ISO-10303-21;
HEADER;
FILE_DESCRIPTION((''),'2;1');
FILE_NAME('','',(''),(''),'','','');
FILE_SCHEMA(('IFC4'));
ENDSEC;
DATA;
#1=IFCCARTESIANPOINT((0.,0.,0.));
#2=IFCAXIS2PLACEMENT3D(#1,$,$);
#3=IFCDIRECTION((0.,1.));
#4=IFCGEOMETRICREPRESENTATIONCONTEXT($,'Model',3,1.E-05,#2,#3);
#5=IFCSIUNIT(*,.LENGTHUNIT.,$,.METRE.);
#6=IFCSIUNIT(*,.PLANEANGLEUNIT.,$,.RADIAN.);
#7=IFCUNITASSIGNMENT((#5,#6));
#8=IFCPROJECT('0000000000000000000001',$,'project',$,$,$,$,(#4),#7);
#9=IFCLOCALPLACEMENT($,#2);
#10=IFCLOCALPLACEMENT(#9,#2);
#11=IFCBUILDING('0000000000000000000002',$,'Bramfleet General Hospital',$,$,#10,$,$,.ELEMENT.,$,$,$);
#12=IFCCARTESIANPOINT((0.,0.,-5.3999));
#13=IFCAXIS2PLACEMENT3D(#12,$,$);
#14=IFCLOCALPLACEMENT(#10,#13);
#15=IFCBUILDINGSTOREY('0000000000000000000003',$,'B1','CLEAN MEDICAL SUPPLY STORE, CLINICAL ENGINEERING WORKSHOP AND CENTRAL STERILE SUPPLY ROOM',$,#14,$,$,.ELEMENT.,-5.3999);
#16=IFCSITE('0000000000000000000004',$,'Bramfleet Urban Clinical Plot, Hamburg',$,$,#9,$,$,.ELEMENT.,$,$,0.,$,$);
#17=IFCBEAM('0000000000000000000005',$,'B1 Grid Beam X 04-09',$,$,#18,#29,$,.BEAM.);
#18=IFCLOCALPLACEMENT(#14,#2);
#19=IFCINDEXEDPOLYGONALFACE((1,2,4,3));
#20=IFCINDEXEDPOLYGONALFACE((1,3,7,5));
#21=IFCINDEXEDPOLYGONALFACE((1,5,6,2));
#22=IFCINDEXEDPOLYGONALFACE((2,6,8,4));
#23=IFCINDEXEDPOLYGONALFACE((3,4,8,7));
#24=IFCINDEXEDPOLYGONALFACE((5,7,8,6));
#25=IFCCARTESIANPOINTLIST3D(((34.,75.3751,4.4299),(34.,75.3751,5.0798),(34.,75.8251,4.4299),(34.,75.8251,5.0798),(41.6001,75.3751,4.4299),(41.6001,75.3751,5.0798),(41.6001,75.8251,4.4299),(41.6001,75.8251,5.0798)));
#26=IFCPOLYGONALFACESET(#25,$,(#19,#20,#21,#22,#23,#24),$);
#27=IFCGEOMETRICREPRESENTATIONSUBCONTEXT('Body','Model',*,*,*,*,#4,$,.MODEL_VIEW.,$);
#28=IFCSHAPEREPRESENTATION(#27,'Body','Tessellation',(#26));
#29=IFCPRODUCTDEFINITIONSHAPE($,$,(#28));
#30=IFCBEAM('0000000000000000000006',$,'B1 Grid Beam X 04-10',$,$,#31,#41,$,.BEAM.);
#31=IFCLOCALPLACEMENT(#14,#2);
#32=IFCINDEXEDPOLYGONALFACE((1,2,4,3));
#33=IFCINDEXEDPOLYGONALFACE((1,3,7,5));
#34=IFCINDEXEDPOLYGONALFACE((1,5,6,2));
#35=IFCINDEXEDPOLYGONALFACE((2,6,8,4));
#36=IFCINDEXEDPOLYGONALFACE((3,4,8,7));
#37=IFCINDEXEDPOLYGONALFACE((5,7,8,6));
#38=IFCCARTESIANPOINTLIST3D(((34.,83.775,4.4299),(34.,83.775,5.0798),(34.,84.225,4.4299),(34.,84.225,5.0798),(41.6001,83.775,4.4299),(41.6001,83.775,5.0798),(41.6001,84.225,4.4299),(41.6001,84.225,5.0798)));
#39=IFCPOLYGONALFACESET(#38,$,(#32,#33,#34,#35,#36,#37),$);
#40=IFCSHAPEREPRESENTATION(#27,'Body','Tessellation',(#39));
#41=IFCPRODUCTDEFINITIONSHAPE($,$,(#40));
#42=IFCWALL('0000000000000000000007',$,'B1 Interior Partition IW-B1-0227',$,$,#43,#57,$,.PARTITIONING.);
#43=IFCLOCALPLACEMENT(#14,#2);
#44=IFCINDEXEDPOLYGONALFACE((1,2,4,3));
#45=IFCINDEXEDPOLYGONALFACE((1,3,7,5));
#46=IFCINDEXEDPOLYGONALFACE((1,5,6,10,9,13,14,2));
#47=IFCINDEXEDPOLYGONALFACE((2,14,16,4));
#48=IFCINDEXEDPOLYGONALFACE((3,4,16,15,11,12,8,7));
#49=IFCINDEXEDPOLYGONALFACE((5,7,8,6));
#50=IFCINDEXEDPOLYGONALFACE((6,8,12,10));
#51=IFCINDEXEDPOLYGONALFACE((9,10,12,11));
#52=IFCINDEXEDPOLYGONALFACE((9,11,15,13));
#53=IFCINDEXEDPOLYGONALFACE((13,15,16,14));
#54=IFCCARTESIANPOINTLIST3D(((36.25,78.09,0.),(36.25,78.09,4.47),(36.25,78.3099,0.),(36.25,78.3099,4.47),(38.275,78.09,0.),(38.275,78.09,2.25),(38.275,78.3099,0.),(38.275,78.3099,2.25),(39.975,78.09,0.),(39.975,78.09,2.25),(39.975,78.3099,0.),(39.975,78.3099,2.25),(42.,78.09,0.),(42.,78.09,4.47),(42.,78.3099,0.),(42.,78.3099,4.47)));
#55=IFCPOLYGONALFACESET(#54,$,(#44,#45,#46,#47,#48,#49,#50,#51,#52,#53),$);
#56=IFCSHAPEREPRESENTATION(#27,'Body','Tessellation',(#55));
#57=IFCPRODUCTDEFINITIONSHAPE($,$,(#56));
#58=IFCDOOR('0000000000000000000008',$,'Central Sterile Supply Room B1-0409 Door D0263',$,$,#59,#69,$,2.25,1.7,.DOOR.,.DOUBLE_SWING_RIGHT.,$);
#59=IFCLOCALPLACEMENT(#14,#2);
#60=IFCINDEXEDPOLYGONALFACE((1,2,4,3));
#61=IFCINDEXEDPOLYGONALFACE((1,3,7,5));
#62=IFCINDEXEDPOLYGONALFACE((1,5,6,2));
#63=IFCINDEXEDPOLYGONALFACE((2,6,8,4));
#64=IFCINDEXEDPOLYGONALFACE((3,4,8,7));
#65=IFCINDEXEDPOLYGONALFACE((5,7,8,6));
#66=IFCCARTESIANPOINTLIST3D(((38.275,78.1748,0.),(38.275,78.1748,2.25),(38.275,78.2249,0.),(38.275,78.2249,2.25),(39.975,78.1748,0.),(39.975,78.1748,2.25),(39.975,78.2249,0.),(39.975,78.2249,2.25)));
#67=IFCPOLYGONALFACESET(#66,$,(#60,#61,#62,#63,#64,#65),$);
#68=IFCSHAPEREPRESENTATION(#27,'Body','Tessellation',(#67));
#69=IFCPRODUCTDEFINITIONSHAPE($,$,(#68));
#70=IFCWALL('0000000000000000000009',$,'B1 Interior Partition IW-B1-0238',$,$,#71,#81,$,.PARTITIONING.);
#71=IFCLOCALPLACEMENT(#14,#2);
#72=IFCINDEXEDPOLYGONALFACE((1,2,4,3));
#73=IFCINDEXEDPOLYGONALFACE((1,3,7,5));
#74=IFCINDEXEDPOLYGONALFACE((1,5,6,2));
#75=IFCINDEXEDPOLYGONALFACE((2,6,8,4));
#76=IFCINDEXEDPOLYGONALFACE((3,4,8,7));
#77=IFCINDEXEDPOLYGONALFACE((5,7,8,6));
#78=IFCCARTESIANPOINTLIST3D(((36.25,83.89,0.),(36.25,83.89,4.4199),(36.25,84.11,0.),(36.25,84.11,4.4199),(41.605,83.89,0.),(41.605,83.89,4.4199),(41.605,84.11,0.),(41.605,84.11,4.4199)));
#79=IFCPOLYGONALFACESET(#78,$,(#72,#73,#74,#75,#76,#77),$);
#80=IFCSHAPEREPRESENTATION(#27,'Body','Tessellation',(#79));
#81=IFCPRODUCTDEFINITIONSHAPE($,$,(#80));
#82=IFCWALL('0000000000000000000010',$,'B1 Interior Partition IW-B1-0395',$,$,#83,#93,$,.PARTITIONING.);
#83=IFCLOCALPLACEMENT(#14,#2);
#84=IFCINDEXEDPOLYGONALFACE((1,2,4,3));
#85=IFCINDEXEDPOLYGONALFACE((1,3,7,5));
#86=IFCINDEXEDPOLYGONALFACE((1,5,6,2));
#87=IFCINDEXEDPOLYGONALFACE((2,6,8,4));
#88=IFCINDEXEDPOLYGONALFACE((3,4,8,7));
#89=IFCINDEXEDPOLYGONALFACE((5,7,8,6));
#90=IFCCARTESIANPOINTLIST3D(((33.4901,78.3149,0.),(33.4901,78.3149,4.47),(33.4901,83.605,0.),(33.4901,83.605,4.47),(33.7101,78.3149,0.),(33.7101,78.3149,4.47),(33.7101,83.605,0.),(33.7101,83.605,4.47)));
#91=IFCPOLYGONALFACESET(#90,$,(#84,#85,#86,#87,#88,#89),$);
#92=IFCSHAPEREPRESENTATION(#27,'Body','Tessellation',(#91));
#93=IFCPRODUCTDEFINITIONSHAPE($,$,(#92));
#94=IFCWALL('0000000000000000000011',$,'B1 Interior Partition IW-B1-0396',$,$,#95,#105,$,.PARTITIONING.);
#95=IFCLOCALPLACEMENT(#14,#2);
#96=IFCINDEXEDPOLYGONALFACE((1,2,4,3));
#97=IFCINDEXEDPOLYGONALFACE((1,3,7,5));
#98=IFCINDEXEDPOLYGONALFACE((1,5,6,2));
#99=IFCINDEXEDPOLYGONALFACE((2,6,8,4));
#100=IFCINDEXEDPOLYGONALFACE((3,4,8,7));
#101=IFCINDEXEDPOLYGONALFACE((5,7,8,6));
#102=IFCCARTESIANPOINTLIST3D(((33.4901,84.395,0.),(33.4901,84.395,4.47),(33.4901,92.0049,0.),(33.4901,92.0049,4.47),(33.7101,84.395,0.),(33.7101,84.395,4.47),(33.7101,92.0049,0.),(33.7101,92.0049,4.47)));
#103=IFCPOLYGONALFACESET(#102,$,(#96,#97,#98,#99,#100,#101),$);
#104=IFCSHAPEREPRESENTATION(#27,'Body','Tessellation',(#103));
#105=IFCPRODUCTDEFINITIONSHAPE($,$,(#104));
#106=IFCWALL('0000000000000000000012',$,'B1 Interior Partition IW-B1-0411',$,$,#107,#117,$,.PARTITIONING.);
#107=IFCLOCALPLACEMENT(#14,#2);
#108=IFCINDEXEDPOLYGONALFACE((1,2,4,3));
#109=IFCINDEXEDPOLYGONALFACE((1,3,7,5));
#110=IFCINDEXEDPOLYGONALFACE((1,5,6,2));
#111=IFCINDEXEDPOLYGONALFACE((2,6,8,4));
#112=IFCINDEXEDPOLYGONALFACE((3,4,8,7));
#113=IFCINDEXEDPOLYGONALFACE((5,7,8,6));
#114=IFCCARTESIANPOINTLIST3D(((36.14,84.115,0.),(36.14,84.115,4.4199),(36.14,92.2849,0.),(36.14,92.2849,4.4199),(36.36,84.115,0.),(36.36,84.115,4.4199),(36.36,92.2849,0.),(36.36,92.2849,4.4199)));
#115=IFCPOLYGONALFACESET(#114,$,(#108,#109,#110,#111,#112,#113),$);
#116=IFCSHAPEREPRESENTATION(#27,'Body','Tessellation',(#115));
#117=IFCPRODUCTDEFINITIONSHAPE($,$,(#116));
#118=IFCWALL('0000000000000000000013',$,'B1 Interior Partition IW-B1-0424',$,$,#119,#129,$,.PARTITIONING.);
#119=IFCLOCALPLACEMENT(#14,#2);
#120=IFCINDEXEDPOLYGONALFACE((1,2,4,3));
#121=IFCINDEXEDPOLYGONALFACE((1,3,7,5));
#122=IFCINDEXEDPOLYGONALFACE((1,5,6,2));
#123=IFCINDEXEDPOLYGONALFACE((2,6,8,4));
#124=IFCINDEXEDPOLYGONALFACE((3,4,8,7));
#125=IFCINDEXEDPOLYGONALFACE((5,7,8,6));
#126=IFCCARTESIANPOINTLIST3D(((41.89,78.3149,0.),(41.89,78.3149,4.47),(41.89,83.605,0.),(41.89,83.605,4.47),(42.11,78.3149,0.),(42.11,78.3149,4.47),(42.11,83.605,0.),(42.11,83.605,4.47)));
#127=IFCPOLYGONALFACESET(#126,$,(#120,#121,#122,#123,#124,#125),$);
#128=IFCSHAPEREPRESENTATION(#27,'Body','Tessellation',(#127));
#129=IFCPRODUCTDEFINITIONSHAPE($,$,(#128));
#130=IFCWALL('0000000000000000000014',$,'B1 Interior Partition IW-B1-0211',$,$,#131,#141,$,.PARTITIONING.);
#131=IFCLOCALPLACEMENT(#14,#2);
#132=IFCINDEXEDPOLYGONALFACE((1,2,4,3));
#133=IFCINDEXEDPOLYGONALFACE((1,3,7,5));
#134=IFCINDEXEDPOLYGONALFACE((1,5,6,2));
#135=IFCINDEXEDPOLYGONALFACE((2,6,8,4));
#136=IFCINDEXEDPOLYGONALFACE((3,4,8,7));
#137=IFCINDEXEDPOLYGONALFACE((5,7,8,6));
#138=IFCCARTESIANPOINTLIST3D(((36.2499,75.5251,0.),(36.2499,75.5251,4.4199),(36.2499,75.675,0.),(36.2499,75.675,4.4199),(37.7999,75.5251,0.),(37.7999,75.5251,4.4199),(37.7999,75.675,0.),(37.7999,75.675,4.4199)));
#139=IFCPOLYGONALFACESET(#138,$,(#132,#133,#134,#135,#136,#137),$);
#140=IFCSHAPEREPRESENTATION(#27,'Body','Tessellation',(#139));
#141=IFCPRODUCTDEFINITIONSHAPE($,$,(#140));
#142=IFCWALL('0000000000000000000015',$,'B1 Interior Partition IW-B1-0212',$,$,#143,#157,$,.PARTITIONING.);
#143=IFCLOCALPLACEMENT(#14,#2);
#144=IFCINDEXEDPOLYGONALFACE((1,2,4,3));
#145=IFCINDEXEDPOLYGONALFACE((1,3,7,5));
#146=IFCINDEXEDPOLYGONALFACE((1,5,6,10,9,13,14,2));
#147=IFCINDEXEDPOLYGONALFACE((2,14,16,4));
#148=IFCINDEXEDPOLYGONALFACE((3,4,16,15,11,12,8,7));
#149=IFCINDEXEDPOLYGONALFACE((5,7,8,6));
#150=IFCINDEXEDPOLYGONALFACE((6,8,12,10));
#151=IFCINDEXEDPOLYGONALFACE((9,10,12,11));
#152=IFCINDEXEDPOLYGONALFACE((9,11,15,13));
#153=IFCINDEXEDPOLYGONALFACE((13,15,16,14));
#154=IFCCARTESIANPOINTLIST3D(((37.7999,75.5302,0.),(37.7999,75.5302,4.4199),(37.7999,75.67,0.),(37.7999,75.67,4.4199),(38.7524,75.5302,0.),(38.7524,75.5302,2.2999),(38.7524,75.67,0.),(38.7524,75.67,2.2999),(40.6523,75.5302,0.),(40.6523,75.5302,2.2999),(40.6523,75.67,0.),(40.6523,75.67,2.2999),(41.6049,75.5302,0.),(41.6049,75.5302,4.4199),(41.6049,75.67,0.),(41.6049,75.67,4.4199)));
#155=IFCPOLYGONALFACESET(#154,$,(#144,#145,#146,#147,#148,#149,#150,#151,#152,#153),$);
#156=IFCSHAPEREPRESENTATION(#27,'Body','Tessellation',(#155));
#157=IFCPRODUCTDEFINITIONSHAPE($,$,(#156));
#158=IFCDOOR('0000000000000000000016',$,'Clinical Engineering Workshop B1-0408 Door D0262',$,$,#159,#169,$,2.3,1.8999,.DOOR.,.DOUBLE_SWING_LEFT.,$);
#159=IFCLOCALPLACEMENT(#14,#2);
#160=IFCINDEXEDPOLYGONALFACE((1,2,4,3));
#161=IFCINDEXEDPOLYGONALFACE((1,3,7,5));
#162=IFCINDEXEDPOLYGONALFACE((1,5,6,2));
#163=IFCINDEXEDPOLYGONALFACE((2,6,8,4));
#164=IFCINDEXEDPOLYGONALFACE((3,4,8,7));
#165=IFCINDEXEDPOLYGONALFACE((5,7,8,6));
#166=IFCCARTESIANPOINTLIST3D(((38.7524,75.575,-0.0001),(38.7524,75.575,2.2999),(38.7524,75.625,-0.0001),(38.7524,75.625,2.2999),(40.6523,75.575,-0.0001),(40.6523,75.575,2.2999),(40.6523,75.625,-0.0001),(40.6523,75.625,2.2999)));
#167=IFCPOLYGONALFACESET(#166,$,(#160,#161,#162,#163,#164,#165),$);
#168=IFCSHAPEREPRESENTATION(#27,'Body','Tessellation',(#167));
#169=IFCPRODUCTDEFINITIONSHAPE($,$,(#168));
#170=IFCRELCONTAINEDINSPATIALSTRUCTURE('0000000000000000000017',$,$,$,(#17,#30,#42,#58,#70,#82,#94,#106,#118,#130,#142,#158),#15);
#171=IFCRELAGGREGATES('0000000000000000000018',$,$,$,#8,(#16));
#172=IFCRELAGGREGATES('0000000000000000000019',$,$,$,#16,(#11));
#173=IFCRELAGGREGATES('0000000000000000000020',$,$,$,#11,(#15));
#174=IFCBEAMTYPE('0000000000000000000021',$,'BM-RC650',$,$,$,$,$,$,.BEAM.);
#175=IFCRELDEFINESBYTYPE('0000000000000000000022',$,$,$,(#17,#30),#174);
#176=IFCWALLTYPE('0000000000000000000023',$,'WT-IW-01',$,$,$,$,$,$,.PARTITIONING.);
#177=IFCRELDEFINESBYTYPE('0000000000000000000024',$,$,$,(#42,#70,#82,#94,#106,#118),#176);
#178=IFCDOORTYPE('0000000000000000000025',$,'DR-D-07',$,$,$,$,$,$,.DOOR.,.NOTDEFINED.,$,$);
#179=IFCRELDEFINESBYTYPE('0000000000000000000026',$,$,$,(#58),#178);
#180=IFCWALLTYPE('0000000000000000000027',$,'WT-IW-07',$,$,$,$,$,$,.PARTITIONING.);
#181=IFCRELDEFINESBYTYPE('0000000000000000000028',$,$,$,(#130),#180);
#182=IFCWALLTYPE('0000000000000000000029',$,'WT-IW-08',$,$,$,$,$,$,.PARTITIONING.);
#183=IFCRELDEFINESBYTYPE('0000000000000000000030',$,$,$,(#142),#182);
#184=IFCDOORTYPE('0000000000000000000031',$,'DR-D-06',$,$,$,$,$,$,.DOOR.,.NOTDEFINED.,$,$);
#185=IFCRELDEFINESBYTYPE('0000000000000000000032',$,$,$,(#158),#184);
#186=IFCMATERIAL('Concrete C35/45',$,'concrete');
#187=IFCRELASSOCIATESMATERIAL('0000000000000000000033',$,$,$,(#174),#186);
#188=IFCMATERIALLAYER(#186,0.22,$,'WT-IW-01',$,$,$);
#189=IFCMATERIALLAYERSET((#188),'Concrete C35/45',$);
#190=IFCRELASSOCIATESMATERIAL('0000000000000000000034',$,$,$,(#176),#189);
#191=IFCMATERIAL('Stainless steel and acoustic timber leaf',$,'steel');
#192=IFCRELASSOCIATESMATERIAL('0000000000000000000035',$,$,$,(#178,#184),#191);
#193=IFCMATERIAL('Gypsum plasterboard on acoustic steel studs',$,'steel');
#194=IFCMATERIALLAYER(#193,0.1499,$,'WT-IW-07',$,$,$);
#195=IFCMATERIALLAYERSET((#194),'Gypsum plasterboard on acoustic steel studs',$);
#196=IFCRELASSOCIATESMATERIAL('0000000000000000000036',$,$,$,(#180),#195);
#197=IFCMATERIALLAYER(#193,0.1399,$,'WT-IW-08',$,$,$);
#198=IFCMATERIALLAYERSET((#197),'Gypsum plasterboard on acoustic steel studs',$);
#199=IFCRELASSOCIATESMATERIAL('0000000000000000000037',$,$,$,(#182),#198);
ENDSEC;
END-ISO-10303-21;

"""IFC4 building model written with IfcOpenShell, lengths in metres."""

from ifc_helpers import new_model, si_unit, direction, frame, frame_2d, origin, origin_2d, place, context, subcontext, project, spatial, rectangle, extrude, material, layer, layer_set, material_profile, profile_set, type_object, element, fill, save


model = new_model("IFC4")

# Units and contexts
model_context = context("Model", 3, precision=1e-05, world=origin(), true_north=direction((0.0, 1.0)))
body_context = subcontext(model_context, "Body", "Model", "MODEL_VIEW")
ifc_project = project(units=[si_unit("LENGTHUNIT", "METRE"), si_unit("PLANEANGLEUNIT", "RADIAN")], contexts=[model_context])

# Site, building, storey
site_placement = place(None, origin())
site = spatial("IfcSite", under=ifc_project, at=site_placement, Name="Bramfleet Urban Clinical Plot, Hamburg", CompositionType="ELEMENT", RefElevation=0.0)
building_placement = place(site_placement, origin())
building = spatial("IfcBuilding", under=site, at=building_placement, Name="Bramfleet General Hospital", CompositionType="ELEMENT")
storey_placement = place(building_placement, frame((0.0, 0.0, -5.3999)))
storey = spatial("IfcBuildingStorey", under=building, at=storey_placement, Name="B1", Description="CLEAN MEDICAL SUPPLY STORE, CLINICAL ENGINEERING WORKSHOP AND CENTRAL STERILE SUPPLY ROOM", CompositionType="ELEMENT", Elevation=-5.3999)

# Shared definitions
ifc_material_1 = material(Name="Concrete C35/45", Category="concrete")

# Beams
ifc_material_profile_1 = material_profile(ifc_material_1, rectangle(XDim=0.45, YDim=0.6499, at=origin_2d()), Name="RC BM 650x450")
ifc_profile_set_1 = profile_set([ifc_material_profile_1], Name="Concrete C35/45")
beam_type_1 = type_object("IfcBeamType", Name="BM-RC650", PredefinedType="BEAM", material=ifc_profile_set_1)
for number, where, z_axis, x_axis, name in (
    (1, (34.0, 75.6001, 4.7549), (1.0, 0.0, 0.0), (0.0, 1.0, 0.0), "B1 Grid Beam X 04-09"),
    (2, (34.0, 84.0, 4.7549), (1.0, 0.0, 0.0), (0.0, 1.0, 0.0), "B1 Grid Beam X 04-10"),
):
    element("IfcBeam", number, at=place(storey_placement, frame(where, z_axis=z_axis, x_axis=x_axis)), inside=storey, type_object=beam_type_1, Name=name, PredefinedType="BEAM", context=body_context, shape_type="SweptSolid", body=[
        extrude(rectangle(XDim=0.45, YDim=0.6499, at=origin_2d()), origin(), (0.0, 0.0, 1.0), 7.6001),
    ])

# Wall, opening, door
ifc_layer_1 = layer(ifc_material_1, 0.22, Name="WT-IW-01")
ifc_layer_set_1 = layer_set([ifc_layer_1], Name="Concrete C35/45")
wall_type_1 = type_object("IfcWallType", Name="WT-IW-01", PredefinedType="PARTITIONING", material=ifc_layer_set_1)
wall_1_placement = place(storey_placement, frame((36.25, 78.2, 0.0), z_axis=(0.0, 0.0, 1.0), x_axis=(1.0, 0.0, 0.0)))
wall_1 = element("IfcWall", 3, at=wall_1_placement, inside=storey, type_object=wall_type_1, Name="B1 Interior Partition IW-B1-0227", PredefinedType="PARTITIONING", context=body_context, shape_type="SweptSolid", body=[
    extrude(rectangle(XDim=5.75, YDim=0.22, at=frame_2d((2.875, 0.0))), origin(), (0.0, 0.0, 1.0), 4.47),
])
opening_1_placement = place(wall_1_placement, frame((2.0249, 0.0, 0.0)))
opening_1 = element("IfcOpeningElement", 4, at=opening_1_placement, cuts=wall_1, PredefinedType="OPENING", context=body_context, shape_type="SweptSolid", body=[
    extrude(rectangle(XDim=1.7, YDim=2.25, at=frame_2d((0.8501, 1.125))), frame((0.0, 0.1199, 0.0), z_axis=(0.0, -1.0, 0.0), x_axis=(1.0, 0.0, 0.0)), (0.0, 0.0, 1.0), 0.24),
])
ifc_material_2 = material(Name="Stainless steel and acoustic timber leaf", Category="steel")
door_type_1 = type_object("IfcDoorType", Name="DR-D-07", OperationType="NOTDEFINED", PredefinedType="DOOR", material=ifc_material_2)
door_1_placement = place(opening_1_placement, origin())
door_1 = element("IfcDoor", 5, at=door_1_placement, inside=storey, type_object=door_type_1, Name="Central Sterile Supply Room B1-0409 Door D0263", OperationType="DOUBLE_SWING_RIGHT", OverallHeight=2.25, OverallWidth=1.7, PredefinedType="DOOR", context=body_context, shape_type="SweptSolid", body=[
    extrude(rectangle(XDim=1.7, YDim=2.25, at=frame_2d((0.8501, 1.125))), frame((0.0, 0.0249, 0.0), z_axis=(0.0, -1.0, 0.0), x_axis=(1.0, 0.0, 0.0)), (0.0, 0.0, 1.0), 0.05),
])
fill(opening_1, door_1)

# Walls
wall_2_placement = place(storey_placement, frame((36.25, 84.0, 0.0), z_axis=(0.0, 0.0, 1.0), x_axis=(1.0, 0.0, 0.0)))
element("IfcWall", 6, at=wall_2_placement, inside=storey, type_object=wall_type_1, Name="B1 Interior Partition IW-B1-0238", PredefinedType="PARTITIONING", context=body_context, shape_type="SweptSolid", body=[
    extrude(rectangle(XDim=5.355, YDim=0.22, at=frame_2d((2.6775, 0.0))), origin(), (0.0, 0.0, 1.0), 4.4199),
])
wall_3_placement = place(storey_placement, frame((33.6001, 78.3149, 0.0), z_axis=(0.0, 0.0, 1.0), x_axis=(0.0, 1.0, 0.0)))
element("IfcWall", 7, at=wall_3_placement, inside=storey, type_object=wall_type_1, Name="B1 Interior Partition IW-B1-0395", PredefinedType="PARTITIONING", context=body_context, shape_type="SweptSolid", body=[
    extrude(rectangle(XDim=5.29, YDim=0.22, at=frame_2d((2.645, 0.0))), origin(), (0.0, 0.0, 1.0), 4.47),
])
wall_4_placement = place(storey_placement, frame((33.6001, 84.395, 0.0), z_axis=(0.0, 0.0, 1.0), x_axis=(0.0, 1.0, 0.0)))
element("IfcWall", 8, at=wall_4_placement, inside=storey, type_object=wall_type_1, Name="B1 Interior Partition IW-B1-0396", PredefinedType="PARTITIONING", context=body_context, shape_type="SweptSolid", body=[
    extrude(rectangle(XDim=7.6099, YDim=0.22, at=frame_2d((3.8049, 0.0))), origin(), (0.0, 0.0, 1.0), 4.47),
])
wall_5_placement = place(storey_placement, frame((36.25, 84.115, 0.0), z_axis=(0.0, 0.0, 1.0), x_axis=(0.0, 1.0, 0.0)))
element("IfcWall", 9, at=wall_5_placement, inside=storey, type_object=wall_type_1, Name="B1 Interior Partition IW-B1-0411", PredefinedType="PARTITIONING", context=body_context, shape_type="SweptSolid", body=[
    extrude(rectangle(XDim=8.1699, YDim=0.22, at=frame_2d((4.085, 0.0))), origin(), (0.0, 0.0, 1.0), 4.4199),
])
wall_6_placement = place(storey_placement, frame((42.0, 78.3149, 0.0), z_axis=(0.0, 0.0, 1.0), x_axis=(0.0, 1.0, 0.0)))
element("IfcWall", 10, at=wall_6_placement, inside=storey, type_object=wall_type_1, Name="B1 Interior Partition IW-B1-0424", PredefinedType="PARTITIONING", context=body_context, shape_type="SweptSolid", body=[
    extrude(rectangle(XDim=5.29, YDim=0.22, at=frame_2d((2.645, 0.0))), origin(), (0.0, 0.0, 1.0), 4.47),
])
ifc_material_3 = material(Name="Gypsum plasterboard on acoustic steel studs", Category="steel")
ifc_layer_2 = layer(ifc_material_3, 0.1499, Name="WT-IW-07")
ifc_layer_set_2 = layer_set([ifc_layer_2], Name="Gypsum plasterboard on acoustic steel studs")
wall_type_2 = type_object("IfcWallType", Name="WT-IW-07", PredefinedType="PARTITIONING", material=ifc_layer_set_2)
wall_7_placement = place(storey_placement, frame((36.25, 75.6001, 0.0), z_axis=(0.0, 0.0, 1.0), x_axis=(1.0, 0.0, 0.0)))
element("IfcWall", 11, at=wall_7_placement, inside=storey, type_object=wall_type_2, Name="B1 Interior Partition IW-B1-0211", PredefinedType="PARTITIONING", context=body_context, shape_type="SweptSolid", body=[
    extrude(rectangle(XDim=1.55, YDim=0.1499, at=frame_2d((0.7749, 0.0))), origin(), (0.0, 0.0, 1.0), 4.4199),
])

# Wall, opening, door
ifc_layer_3 = layer(ifc_material_3, 0.1399, Name="WT-IW-08")
ifc_layer_set_3 = layer_set([ifc_layer_3], Name="Gypsum plasterboard on acoustic steel studs")
wall_type_3 = type_object("IfcWallType", Name="WT-IW-08", PredefinedType="PARTITIONING", material=ifc_layer_set_3)
wall_8_placement = place(storey_placement, frame((37.8, 75.6001, 0.0), z_axis=(0.0, 0.0, 1.0), x_axis=(1.0, 0.0, 0.0)))
wall_8 = element("IfcWall", 12, at=wall_8_placement, inside=storey, type_object=wall_type_3, Name="B1 Interior Partition IW-B1-0212", PredefinedType="PARTITIONING", context=body_context, shape_type="SweptSolid", body=[
    extrude(rectangle(XDim=3.8049, YDim=0.1399, at=frame_2d((1.9023, 0.0))), origin(), (0.0, 0.0, 1.0), 4.4199),
])
opening_2_placement = place(wall_8_placement, frame((0.9524, 0.0, 0.0)))
opening_2 = element("IfcOpeningElement", 13, at=opening_2_placement, cuts=wall_8, PredefinedType="OPENING", context=body_context, shape_type="SweptSolid", body=[
    extrude(rectangle(XDim=1.8999, YDim=2.3, at=frame_2d((0.95, 1.1499))), frame((0.0, 0.0798, 0.0), z_axis=(0.0, -1.0, 0.0), x_axis=(1.0, 0.0, 0.0)), (0.0, 0.0, 1.0), 0.1599),
])
door_type_2 = type_object("IfcDoorType", Name="DR-D-06", OperationType="NOTDEFINED", PredefinedType="DOOR", material=ifc_material_2)
door_2_placement = place(opening_2_placement, origin())
door_2 = element("IfcDoor", 14, at=door_2_placement, inside=storey, type_object=door_type_2, Name="Clinical Engineering Workshop B1-0408 Door D0262", OperationType="DOUBLE_SWING_LEFT", OverallHeight=2.3, OverallWidth=1.8999, PredefinedType="DOOR", context=body_context, shape_type="SweptSolid", body=[
    extrude(rectangle(XDim=1.8999, YDim=2.3, at=frame_2d((0.95, 1.1499))), frame((0.0, 0.0249, 0.0), z_axis=(0.0, -1.0, 0.0), x_axis=(1.0, 0.0, 0.0)), (0.0, 0.0, 1.0), 0.05),
])
fill(opening_2, door_2)

save(model, "model.ifc")
